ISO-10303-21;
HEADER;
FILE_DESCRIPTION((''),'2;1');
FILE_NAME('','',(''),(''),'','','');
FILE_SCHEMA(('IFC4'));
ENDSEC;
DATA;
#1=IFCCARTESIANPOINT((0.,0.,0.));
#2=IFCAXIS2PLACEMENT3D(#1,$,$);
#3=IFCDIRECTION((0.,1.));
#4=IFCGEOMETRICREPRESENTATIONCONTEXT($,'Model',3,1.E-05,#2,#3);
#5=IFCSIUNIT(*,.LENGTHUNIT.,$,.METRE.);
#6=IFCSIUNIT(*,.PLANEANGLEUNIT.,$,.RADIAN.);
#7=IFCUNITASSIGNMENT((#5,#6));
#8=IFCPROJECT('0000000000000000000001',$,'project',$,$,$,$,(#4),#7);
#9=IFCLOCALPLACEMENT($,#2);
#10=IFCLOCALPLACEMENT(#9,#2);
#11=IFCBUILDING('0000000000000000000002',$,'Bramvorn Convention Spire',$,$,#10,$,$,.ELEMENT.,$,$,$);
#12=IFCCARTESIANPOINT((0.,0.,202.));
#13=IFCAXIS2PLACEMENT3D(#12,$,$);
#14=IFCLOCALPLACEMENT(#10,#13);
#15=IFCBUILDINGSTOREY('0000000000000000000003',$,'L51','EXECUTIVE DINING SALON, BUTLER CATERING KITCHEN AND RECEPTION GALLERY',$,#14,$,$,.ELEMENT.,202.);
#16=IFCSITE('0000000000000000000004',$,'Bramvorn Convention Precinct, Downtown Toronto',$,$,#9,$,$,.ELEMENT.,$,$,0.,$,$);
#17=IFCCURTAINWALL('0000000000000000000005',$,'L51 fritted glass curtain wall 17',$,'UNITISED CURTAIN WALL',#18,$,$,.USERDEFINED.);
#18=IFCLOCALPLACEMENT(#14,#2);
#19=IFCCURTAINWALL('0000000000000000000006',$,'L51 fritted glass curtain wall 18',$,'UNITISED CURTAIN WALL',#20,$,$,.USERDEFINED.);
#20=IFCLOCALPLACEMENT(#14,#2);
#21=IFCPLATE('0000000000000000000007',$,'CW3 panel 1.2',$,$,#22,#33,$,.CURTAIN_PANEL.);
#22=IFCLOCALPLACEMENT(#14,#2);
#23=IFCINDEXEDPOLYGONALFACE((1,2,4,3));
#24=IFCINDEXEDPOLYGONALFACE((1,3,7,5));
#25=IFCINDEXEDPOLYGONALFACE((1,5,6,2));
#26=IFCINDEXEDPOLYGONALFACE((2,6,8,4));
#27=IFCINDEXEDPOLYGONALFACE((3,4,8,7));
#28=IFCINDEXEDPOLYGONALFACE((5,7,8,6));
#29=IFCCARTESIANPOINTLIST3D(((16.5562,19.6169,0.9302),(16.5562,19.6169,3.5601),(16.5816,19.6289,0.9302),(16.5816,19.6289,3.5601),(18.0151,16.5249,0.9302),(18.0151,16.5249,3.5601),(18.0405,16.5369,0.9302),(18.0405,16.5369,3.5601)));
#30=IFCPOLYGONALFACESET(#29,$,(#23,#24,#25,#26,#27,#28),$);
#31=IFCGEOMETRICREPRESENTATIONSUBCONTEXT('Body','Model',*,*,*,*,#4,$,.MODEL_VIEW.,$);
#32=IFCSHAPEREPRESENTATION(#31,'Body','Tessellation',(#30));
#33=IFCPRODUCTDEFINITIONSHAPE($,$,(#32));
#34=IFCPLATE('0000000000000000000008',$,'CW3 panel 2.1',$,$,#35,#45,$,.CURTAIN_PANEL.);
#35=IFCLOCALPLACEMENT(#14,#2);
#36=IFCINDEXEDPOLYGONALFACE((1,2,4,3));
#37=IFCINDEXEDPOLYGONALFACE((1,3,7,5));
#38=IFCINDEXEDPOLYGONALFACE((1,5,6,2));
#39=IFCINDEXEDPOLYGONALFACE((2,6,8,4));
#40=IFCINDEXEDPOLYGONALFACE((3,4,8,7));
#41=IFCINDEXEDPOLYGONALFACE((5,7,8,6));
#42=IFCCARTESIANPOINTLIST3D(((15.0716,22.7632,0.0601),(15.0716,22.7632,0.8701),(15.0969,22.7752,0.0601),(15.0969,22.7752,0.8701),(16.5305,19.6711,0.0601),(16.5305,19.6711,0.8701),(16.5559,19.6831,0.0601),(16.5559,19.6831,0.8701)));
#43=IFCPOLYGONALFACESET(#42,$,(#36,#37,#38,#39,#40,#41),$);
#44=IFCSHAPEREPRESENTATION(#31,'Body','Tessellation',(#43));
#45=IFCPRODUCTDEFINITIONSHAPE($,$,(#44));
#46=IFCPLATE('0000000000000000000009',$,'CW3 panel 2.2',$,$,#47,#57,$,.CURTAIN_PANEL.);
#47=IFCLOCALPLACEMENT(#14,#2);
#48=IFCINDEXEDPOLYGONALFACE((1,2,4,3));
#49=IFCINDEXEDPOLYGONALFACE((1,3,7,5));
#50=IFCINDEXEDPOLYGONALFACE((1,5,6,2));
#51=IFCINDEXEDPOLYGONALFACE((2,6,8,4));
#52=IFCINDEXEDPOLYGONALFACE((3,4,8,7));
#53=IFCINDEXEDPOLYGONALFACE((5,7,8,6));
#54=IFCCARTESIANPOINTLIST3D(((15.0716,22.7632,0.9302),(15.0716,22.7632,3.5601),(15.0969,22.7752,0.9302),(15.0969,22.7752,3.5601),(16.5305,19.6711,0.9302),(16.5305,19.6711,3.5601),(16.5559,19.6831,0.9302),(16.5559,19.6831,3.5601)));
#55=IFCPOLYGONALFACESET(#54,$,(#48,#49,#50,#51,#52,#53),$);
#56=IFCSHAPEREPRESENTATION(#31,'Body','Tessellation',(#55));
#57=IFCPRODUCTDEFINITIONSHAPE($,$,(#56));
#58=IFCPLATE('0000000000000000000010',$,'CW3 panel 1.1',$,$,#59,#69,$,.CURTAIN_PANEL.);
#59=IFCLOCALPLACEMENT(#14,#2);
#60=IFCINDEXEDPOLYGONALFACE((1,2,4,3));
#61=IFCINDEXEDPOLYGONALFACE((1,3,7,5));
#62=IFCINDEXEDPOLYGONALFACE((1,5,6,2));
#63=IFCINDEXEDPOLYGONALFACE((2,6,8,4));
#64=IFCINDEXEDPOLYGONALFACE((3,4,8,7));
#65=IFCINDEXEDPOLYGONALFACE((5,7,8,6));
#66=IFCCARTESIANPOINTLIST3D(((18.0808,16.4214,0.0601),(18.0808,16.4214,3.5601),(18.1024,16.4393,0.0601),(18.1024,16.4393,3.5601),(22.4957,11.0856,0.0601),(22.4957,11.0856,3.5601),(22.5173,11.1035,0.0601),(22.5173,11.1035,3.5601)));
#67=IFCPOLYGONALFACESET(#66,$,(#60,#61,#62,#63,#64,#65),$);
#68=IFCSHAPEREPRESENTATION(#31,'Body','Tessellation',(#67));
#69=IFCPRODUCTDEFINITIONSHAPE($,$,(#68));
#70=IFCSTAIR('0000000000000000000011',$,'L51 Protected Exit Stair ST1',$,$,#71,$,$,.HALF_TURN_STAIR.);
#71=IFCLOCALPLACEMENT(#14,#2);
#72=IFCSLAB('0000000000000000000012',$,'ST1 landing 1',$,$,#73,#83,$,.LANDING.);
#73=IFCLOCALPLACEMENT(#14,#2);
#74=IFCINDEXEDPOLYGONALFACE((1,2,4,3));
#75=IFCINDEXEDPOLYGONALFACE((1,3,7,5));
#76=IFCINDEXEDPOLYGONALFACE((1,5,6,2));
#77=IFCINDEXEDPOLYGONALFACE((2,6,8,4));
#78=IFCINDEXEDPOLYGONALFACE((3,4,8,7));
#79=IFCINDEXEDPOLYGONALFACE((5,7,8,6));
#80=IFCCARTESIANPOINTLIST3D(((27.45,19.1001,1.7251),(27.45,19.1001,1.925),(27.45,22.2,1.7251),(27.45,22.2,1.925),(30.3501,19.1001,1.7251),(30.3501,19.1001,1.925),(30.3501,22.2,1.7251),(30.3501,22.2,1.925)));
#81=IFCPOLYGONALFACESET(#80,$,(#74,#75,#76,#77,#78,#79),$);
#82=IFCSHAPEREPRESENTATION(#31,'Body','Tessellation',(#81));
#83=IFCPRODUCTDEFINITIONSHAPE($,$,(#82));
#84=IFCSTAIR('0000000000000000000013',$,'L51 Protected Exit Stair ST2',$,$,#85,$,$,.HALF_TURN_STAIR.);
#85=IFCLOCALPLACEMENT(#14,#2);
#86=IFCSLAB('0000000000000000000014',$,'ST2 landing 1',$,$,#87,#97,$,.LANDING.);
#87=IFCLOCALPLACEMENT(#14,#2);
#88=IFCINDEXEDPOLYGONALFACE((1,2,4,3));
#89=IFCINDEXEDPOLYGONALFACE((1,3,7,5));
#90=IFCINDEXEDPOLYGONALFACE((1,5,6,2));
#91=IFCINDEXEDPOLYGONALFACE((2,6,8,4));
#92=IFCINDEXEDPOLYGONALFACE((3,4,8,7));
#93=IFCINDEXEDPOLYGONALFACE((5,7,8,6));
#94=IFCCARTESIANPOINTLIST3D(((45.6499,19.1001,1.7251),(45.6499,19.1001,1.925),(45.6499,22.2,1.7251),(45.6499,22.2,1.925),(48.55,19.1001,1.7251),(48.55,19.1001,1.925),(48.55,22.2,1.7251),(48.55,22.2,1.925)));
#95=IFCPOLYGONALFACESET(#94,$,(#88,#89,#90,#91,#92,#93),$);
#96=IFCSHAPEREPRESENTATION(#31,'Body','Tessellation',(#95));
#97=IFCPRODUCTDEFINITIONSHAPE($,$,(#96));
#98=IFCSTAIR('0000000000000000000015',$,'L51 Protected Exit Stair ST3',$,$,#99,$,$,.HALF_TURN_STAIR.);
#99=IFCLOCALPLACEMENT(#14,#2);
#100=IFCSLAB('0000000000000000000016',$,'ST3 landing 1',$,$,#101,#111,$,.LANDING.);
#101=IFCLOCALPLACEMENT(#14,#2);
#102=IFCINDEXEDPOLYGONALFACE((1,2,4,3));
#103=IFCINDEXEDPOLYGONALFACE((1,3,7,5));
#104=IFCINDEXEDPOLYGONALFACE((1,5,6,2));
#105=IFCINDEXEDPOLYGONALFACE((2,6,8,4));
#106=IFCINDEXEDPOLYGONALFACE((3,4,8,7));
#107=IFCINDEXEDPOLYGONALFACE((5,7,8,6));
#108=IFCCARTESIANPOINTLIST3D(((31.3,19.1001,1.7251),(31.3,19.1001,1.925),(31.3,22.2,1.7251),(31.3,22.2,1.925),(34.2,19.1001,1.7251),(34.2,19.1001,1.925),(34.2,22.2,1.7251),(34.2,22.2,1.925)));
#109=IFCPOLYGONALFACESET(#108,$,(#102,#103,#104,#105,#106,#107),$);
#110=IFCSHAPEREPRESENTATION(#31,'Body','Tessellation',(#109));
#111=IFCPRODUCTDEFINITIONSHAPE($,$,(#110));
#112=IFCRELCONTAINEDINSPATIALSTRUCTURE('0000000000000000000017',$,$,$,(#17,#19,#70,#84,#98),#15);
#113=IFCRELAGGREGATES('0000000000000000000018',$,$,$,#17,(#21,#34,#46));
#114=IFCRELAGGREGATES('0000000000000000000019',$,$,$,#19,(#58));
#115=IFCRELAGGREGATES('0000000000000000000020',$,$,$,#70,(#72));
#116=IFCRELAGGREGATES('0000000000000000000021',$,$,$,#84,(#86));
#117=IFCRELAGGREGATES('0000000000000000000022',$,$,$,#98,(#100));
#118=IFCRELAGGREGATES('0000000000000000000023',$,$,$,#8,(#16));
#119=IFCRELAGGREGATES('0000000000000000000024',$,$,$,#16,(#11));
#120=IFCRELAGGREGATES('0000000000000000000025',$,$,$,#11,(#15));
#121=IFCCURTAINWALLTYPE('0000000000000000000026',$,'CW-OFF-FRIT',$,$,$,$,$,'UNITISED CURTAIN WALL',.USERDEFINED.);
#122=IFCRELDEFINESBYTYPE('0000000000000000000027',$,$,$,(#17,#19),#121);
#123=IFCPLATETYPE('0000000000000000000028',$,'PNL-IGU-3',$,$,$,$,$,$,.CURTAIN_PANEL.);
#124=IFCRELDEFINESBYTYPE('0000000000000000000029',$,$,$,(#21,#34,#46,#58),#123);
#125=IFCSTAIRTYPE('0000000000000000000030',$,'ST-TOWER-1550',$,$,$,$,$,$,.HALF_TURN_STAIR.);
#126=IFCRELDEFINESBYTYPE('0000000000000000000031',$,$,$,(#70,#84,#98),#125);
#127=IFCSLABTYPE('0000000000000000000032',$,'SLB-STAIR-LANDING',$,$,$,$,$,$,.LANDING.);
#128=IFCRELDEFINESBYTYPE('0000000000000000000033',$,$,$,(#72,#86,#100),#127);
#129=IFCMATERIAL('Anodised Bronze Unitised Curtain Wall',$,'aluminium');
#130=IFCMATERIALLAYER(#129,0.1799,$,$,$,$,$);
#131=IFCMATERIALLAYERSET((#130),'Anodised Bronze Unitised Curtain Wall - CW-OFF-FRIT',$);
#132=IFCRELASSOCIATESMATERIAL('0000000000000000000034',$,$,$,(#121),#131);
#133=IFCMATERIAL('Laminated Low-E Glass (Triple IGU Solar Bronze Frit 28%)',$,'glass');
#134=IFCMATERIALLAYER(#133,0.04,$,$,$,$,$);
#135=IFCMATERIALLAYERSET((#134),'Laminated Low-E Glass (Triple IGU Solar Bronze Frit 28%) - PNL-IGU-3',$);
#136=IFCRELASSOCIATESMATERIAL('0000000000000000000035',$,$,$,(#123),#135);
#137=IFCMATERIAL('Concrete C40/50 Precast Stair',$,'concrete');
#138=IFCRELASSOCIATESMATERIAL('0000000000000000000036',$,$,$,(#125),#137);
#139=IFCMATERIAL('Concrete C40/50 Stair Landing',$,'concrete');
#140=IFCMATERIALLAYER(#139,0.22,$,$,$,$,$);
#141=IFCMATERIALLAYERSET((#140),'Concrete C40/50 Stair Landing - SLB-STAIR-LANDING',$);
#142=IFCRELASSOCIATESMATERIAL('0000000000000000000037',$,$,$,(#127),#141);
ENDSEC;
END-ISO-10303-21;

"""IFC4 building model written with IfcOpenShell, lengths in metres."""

from ifc_helpers import new_model, si_unit, direction, frame, origin, origin_2d, place, context, subcontext, project, spatial, polyline, rectangle, outline, extrude, material, layer, layer_set, type_object, element, aggregate, save


model = new_model("IFC4")

# Units and contexts
model_context = context("Model", 3, precision=1e-05, world=origin(), true_north=direction((0.0, 1.0)))
body_context = subcontext(model_context, "Body", "Model", "MODEL_VIEW")
ifc_project = project(units=[si_unit("LENGTHUNIT", "METRE"), si_unit("PLANEANGLEUNIT", "RADIAN")], contexts=[model_context])

# Site, building, storey
site_placement = place(None, origin())
site = spatial("IfcSite", under=ifc_project, at=site_placement, Name="Bramvorn Convention Precinct, Downtown Toronto", CompositionType="ELEMENT", RefElevation=0.0)
building_placement = place(site_placement, origin())
building = spatial("IfcBuilding", under=site, at=building_placement, Name="Bramvorn Convention Spire", CompositionType="ELEMENT")
storey_placement = place(building_placement, frame((0.0, 0.0, 202.0)))
storey = spatial("IfcBuildingStorey", under=building, at=storey_placement, Name="L51", Description="EXECUTIVE DINING SALON, BUTLER CATERING KITCHEN AND RECEPTION GALLERY", CompositionType="ELEMENT", Elevation=202.0)

# Curtain wall
ifc_material_1 = material(Name="Anodised Bronze Unitised Curtain Wall", Category="aluminium")
ifc_layer_1 = layer(ifc_material_1, 0.1799)
ifc_layer_set_1 = layer_set([ifc_layer_1], Name="Anodised Bronze Unitised Curtain Wall - CW-OFF-FRIT")
curtain_wall_type = type_object("IfcCurtainWallType", Name="CW-OFF-FRIT", ElementType="UNITISED CURTAIN WALL", PredefinedType="USERDEFINED", material=ifc_layer_set_1)
curtain_wall_1_placement = place(storey_placement, origin())
curtain_wall_1 = element("IfcCurtainWall", 1, at=curtain_wall_1_placement, inside=storey, type_object=curtain_wall_type, Name="L51 fritted glass curtain wall 17", ObjectType="UNITISED CURTAIN WALL", PredefinedType="USERDEFINED")

# Curtain wall
curtain_wall_2_placement = place(storey_placement, origin())
curtain_wall_2 = element("IfcCurtainWall", 2, at=curtain_wall_2_placement, inside=storey, type_object=curtain_wall_type, Name="L51 fritted glass curtain wall 18", ObjectType="UNITISED CURTAIN WALL", PredefinedType="USERDEFINED")

# Plates
ifc_material_2 = material(Name="Laminated Low-E Glass (Triple IGU Solar Bronze Frit 28%)", Category="glass")
ifc_layer_2 = layer(ifc_material_2, 0.04)
ifc_layer_set_2 = layer_set([ifc_layer_2], Name="Laminated Low-E Glass (Triple IGU Solar Bronze Frit 28%) - PNL-IGU-3")
plate_type = type_object("IfcPlateType", Name="PNL-IGU-3", PredefinedType="CURTAIN_PANEL", material=ifc_layer_set_2)
plate_1_placement = place(storey_placement, frame((17.2983, 18.0769, 0.9302), z_axis=(0.0, 0.0, 1.0), x_axis=(-0.42672, 0.904384, 0.0)))
plate_1 = element("IfcPlate", 3, at=plate_1_placement, type_object=plate_type, Name="CW3 panel 1.2", PredefinedType="CURTAIN_PANEL", context=body_context, shape_type="SweptSolid", body=[
    extrude(rectangle(XDim=3.4189, YDim=0.0281, at=origin_2d()), origin(), (0.0, 0.0, 1.0), 2.6299),
])
plate_2_placement = place(storey_placement, frame((15.8137, 21.2231, 0.0601), z_axis=(0.0, 0.0, 1.0), x_axis=(-0.42672, 0.904384, 0.0)))
plate_2 = element("IfcPlate", 4, at=plate_2_placement, type_object=plate_type, Name="CW3 panel 2.1", PredefinedType="CURTAIN_PANEL", context=body_context, shape_type="SweptSolid", body=[
    extrude(rectangle(XDim=3.4189, YDim=0.0281, at=origin_2d()), origin(), (0.0, 0.0, 1.0), 0.8101),
])
plate_3_placement = place(storey_placement, frame((15.8137, 21.2231, 0.9302), z_axis=(0.0, 0.0, 1.0), x_axis=(-0.42672, 0.904384, 0.0)))
plate_3 = element("IfcPlate", 5, at=plate_3_placement, type_object=plate_type, Name="CW3 panel 2.2", PredefinedType="CURTAIN_PANEL", context=body_context, shape_type="SweptSolid", body=[
    extrude(rectangle(XDim=3.4189, YDim=0.0281, at=origin_2d()), origin(), (0.0, 0.0, 1.0), 2.6299),
])
aggregate(curtain_wall_1, [plate_1, plate_2, plate_3])
plate_4_placement = place(storey_placement, frame((20.2991, 13.7625, 0.0601), z_axis=(0.0, 0.0, 1.0), x_axis=(-0.637485, 0.770463, 0.0)))
plate_4 = element("IfcPlate", 6, at=plate_4_placement, type_object=plate_type, Name="CW3 panel 1.1", PredefinedType="CURTAIN_PANEL", context=body_context, shape_type="SweptSolid", body=[
    extrude(rectangle(XDim=6.9255, YDim=0.0281, at=origin_2d()), origin(), (0.0, 0.0, 1.0), 3.5),
])
aggregate(curtain_wall_2, [plate_4])

# Stairs, slabs
ifc_material_3 = material(Name="Concrete C40/50 Precast Stair", Category="concrete")
stair_type = type_object("IfcStairType", Name="ST-TOWER-1550", PredefinedType="HALF_TURN_STAIR", material=ifc_material_3)
stair_1_placement = place(storey_placement, origin())
stair_1 = element("IfcStair", 7, at=stair_1_placement, inside=storey, type_object=stair_type, Name="L51 Protected Exit Stair ST1", PredefinedType="HALF_TURN_STAIR")
ifc_material_4 = material(Name="Concrete C40/50 Stair Landing", Category="concrete")
ifc_layer_3 = layer(ifc_material_4, 0.22)
ifc_layer_set_3 = layer_set([ifc_layer_3], Name="Concrete C40/50 Stair Landing - SLB-STAIR-LANDING")
slab_type_1 = type_object("IfcSlabType", Name="SLB-STAIR-LANDING", PredefinedType="LANDING", material=ifc_layer_set_3)
slab_1_placement = place(storey_placement, frame((0.0, 0.0, 1.7251)))
slab_1 = element("IfcSlab", 8, at=slab_1_placement, type_object=slab_type_1, Name="ST1 landing 1", PredefinedType="LANDING", context=body_context, shape_type="SweptSolid", body=[
    extrude(outline(polyline([(27.45, 22.2), (27.45, 19.1001), (30.3501, 19.1001), (30.3501, 22.2), (27.45, 22.2)])), origin(), (0.0, 0.0, 1.0), 0.2),
])
aggregate(stair_1, [slab_1])
stair_2_placement = place(storey_placement, origin())
stair_2 = element("IfcStair", 9, at=stair_2_placement, inside=storey, type_object=stair_type, Name="L51 Protected Exit Stair ST2", PredefinedType="HALF_TURN_STAIR")
slab_2_placement = place(storey_placement, frame((0.0, 0.0, 1.7251)))
slab_2 = element("IfcSlab", 10, at=slab_2_placement, type_object=slab_type_1, Name="ST2 landing 1", PredefinedType="LANDING", context=body_context, shape_type="SweptSolid", body=[
    extrude(outline(polyline([(45.6499, 22.2), (45.6499, 19.1001), (48.55, 19.1001), (48.55, 22.2), (45.6499, 22.2)])), origin(), (0.0, 0.0, 1.0), 0.2),
])
aggregate(stair_2, [slab_2])
stair_3_placement = place(storey_placement, origin())
stair_3 = element("IfcStair", 11, at=stair_3_placement, inside=storey, type_object=stair_type, Name="L51 Protected Exit Stair ST3", PredefinedType="HALF_TURN_STAIR")
slab_3_placement = place(storey_placement, frame((0.0, 0.0, 1.7251)))
slab_3 = element("IfcSlab", 12, at=slab_3_placement, type_object=slab_type_1, Name="ST3 landing 1", PredefinedType="LANDING", context=body_context, shape_type="SweptSolid", body=[
    extrude(outline(polyline([(31.3, 22.2), (31.3, 19.1001), (34.2, 19.1001), (34.2, 22.2), (31.3, 22.2)])), origin(), (0.0, 0.0, 1.0), 0.2),
])
aggregate(stair_3, [slab_3])

save(model, "model.ifc")
